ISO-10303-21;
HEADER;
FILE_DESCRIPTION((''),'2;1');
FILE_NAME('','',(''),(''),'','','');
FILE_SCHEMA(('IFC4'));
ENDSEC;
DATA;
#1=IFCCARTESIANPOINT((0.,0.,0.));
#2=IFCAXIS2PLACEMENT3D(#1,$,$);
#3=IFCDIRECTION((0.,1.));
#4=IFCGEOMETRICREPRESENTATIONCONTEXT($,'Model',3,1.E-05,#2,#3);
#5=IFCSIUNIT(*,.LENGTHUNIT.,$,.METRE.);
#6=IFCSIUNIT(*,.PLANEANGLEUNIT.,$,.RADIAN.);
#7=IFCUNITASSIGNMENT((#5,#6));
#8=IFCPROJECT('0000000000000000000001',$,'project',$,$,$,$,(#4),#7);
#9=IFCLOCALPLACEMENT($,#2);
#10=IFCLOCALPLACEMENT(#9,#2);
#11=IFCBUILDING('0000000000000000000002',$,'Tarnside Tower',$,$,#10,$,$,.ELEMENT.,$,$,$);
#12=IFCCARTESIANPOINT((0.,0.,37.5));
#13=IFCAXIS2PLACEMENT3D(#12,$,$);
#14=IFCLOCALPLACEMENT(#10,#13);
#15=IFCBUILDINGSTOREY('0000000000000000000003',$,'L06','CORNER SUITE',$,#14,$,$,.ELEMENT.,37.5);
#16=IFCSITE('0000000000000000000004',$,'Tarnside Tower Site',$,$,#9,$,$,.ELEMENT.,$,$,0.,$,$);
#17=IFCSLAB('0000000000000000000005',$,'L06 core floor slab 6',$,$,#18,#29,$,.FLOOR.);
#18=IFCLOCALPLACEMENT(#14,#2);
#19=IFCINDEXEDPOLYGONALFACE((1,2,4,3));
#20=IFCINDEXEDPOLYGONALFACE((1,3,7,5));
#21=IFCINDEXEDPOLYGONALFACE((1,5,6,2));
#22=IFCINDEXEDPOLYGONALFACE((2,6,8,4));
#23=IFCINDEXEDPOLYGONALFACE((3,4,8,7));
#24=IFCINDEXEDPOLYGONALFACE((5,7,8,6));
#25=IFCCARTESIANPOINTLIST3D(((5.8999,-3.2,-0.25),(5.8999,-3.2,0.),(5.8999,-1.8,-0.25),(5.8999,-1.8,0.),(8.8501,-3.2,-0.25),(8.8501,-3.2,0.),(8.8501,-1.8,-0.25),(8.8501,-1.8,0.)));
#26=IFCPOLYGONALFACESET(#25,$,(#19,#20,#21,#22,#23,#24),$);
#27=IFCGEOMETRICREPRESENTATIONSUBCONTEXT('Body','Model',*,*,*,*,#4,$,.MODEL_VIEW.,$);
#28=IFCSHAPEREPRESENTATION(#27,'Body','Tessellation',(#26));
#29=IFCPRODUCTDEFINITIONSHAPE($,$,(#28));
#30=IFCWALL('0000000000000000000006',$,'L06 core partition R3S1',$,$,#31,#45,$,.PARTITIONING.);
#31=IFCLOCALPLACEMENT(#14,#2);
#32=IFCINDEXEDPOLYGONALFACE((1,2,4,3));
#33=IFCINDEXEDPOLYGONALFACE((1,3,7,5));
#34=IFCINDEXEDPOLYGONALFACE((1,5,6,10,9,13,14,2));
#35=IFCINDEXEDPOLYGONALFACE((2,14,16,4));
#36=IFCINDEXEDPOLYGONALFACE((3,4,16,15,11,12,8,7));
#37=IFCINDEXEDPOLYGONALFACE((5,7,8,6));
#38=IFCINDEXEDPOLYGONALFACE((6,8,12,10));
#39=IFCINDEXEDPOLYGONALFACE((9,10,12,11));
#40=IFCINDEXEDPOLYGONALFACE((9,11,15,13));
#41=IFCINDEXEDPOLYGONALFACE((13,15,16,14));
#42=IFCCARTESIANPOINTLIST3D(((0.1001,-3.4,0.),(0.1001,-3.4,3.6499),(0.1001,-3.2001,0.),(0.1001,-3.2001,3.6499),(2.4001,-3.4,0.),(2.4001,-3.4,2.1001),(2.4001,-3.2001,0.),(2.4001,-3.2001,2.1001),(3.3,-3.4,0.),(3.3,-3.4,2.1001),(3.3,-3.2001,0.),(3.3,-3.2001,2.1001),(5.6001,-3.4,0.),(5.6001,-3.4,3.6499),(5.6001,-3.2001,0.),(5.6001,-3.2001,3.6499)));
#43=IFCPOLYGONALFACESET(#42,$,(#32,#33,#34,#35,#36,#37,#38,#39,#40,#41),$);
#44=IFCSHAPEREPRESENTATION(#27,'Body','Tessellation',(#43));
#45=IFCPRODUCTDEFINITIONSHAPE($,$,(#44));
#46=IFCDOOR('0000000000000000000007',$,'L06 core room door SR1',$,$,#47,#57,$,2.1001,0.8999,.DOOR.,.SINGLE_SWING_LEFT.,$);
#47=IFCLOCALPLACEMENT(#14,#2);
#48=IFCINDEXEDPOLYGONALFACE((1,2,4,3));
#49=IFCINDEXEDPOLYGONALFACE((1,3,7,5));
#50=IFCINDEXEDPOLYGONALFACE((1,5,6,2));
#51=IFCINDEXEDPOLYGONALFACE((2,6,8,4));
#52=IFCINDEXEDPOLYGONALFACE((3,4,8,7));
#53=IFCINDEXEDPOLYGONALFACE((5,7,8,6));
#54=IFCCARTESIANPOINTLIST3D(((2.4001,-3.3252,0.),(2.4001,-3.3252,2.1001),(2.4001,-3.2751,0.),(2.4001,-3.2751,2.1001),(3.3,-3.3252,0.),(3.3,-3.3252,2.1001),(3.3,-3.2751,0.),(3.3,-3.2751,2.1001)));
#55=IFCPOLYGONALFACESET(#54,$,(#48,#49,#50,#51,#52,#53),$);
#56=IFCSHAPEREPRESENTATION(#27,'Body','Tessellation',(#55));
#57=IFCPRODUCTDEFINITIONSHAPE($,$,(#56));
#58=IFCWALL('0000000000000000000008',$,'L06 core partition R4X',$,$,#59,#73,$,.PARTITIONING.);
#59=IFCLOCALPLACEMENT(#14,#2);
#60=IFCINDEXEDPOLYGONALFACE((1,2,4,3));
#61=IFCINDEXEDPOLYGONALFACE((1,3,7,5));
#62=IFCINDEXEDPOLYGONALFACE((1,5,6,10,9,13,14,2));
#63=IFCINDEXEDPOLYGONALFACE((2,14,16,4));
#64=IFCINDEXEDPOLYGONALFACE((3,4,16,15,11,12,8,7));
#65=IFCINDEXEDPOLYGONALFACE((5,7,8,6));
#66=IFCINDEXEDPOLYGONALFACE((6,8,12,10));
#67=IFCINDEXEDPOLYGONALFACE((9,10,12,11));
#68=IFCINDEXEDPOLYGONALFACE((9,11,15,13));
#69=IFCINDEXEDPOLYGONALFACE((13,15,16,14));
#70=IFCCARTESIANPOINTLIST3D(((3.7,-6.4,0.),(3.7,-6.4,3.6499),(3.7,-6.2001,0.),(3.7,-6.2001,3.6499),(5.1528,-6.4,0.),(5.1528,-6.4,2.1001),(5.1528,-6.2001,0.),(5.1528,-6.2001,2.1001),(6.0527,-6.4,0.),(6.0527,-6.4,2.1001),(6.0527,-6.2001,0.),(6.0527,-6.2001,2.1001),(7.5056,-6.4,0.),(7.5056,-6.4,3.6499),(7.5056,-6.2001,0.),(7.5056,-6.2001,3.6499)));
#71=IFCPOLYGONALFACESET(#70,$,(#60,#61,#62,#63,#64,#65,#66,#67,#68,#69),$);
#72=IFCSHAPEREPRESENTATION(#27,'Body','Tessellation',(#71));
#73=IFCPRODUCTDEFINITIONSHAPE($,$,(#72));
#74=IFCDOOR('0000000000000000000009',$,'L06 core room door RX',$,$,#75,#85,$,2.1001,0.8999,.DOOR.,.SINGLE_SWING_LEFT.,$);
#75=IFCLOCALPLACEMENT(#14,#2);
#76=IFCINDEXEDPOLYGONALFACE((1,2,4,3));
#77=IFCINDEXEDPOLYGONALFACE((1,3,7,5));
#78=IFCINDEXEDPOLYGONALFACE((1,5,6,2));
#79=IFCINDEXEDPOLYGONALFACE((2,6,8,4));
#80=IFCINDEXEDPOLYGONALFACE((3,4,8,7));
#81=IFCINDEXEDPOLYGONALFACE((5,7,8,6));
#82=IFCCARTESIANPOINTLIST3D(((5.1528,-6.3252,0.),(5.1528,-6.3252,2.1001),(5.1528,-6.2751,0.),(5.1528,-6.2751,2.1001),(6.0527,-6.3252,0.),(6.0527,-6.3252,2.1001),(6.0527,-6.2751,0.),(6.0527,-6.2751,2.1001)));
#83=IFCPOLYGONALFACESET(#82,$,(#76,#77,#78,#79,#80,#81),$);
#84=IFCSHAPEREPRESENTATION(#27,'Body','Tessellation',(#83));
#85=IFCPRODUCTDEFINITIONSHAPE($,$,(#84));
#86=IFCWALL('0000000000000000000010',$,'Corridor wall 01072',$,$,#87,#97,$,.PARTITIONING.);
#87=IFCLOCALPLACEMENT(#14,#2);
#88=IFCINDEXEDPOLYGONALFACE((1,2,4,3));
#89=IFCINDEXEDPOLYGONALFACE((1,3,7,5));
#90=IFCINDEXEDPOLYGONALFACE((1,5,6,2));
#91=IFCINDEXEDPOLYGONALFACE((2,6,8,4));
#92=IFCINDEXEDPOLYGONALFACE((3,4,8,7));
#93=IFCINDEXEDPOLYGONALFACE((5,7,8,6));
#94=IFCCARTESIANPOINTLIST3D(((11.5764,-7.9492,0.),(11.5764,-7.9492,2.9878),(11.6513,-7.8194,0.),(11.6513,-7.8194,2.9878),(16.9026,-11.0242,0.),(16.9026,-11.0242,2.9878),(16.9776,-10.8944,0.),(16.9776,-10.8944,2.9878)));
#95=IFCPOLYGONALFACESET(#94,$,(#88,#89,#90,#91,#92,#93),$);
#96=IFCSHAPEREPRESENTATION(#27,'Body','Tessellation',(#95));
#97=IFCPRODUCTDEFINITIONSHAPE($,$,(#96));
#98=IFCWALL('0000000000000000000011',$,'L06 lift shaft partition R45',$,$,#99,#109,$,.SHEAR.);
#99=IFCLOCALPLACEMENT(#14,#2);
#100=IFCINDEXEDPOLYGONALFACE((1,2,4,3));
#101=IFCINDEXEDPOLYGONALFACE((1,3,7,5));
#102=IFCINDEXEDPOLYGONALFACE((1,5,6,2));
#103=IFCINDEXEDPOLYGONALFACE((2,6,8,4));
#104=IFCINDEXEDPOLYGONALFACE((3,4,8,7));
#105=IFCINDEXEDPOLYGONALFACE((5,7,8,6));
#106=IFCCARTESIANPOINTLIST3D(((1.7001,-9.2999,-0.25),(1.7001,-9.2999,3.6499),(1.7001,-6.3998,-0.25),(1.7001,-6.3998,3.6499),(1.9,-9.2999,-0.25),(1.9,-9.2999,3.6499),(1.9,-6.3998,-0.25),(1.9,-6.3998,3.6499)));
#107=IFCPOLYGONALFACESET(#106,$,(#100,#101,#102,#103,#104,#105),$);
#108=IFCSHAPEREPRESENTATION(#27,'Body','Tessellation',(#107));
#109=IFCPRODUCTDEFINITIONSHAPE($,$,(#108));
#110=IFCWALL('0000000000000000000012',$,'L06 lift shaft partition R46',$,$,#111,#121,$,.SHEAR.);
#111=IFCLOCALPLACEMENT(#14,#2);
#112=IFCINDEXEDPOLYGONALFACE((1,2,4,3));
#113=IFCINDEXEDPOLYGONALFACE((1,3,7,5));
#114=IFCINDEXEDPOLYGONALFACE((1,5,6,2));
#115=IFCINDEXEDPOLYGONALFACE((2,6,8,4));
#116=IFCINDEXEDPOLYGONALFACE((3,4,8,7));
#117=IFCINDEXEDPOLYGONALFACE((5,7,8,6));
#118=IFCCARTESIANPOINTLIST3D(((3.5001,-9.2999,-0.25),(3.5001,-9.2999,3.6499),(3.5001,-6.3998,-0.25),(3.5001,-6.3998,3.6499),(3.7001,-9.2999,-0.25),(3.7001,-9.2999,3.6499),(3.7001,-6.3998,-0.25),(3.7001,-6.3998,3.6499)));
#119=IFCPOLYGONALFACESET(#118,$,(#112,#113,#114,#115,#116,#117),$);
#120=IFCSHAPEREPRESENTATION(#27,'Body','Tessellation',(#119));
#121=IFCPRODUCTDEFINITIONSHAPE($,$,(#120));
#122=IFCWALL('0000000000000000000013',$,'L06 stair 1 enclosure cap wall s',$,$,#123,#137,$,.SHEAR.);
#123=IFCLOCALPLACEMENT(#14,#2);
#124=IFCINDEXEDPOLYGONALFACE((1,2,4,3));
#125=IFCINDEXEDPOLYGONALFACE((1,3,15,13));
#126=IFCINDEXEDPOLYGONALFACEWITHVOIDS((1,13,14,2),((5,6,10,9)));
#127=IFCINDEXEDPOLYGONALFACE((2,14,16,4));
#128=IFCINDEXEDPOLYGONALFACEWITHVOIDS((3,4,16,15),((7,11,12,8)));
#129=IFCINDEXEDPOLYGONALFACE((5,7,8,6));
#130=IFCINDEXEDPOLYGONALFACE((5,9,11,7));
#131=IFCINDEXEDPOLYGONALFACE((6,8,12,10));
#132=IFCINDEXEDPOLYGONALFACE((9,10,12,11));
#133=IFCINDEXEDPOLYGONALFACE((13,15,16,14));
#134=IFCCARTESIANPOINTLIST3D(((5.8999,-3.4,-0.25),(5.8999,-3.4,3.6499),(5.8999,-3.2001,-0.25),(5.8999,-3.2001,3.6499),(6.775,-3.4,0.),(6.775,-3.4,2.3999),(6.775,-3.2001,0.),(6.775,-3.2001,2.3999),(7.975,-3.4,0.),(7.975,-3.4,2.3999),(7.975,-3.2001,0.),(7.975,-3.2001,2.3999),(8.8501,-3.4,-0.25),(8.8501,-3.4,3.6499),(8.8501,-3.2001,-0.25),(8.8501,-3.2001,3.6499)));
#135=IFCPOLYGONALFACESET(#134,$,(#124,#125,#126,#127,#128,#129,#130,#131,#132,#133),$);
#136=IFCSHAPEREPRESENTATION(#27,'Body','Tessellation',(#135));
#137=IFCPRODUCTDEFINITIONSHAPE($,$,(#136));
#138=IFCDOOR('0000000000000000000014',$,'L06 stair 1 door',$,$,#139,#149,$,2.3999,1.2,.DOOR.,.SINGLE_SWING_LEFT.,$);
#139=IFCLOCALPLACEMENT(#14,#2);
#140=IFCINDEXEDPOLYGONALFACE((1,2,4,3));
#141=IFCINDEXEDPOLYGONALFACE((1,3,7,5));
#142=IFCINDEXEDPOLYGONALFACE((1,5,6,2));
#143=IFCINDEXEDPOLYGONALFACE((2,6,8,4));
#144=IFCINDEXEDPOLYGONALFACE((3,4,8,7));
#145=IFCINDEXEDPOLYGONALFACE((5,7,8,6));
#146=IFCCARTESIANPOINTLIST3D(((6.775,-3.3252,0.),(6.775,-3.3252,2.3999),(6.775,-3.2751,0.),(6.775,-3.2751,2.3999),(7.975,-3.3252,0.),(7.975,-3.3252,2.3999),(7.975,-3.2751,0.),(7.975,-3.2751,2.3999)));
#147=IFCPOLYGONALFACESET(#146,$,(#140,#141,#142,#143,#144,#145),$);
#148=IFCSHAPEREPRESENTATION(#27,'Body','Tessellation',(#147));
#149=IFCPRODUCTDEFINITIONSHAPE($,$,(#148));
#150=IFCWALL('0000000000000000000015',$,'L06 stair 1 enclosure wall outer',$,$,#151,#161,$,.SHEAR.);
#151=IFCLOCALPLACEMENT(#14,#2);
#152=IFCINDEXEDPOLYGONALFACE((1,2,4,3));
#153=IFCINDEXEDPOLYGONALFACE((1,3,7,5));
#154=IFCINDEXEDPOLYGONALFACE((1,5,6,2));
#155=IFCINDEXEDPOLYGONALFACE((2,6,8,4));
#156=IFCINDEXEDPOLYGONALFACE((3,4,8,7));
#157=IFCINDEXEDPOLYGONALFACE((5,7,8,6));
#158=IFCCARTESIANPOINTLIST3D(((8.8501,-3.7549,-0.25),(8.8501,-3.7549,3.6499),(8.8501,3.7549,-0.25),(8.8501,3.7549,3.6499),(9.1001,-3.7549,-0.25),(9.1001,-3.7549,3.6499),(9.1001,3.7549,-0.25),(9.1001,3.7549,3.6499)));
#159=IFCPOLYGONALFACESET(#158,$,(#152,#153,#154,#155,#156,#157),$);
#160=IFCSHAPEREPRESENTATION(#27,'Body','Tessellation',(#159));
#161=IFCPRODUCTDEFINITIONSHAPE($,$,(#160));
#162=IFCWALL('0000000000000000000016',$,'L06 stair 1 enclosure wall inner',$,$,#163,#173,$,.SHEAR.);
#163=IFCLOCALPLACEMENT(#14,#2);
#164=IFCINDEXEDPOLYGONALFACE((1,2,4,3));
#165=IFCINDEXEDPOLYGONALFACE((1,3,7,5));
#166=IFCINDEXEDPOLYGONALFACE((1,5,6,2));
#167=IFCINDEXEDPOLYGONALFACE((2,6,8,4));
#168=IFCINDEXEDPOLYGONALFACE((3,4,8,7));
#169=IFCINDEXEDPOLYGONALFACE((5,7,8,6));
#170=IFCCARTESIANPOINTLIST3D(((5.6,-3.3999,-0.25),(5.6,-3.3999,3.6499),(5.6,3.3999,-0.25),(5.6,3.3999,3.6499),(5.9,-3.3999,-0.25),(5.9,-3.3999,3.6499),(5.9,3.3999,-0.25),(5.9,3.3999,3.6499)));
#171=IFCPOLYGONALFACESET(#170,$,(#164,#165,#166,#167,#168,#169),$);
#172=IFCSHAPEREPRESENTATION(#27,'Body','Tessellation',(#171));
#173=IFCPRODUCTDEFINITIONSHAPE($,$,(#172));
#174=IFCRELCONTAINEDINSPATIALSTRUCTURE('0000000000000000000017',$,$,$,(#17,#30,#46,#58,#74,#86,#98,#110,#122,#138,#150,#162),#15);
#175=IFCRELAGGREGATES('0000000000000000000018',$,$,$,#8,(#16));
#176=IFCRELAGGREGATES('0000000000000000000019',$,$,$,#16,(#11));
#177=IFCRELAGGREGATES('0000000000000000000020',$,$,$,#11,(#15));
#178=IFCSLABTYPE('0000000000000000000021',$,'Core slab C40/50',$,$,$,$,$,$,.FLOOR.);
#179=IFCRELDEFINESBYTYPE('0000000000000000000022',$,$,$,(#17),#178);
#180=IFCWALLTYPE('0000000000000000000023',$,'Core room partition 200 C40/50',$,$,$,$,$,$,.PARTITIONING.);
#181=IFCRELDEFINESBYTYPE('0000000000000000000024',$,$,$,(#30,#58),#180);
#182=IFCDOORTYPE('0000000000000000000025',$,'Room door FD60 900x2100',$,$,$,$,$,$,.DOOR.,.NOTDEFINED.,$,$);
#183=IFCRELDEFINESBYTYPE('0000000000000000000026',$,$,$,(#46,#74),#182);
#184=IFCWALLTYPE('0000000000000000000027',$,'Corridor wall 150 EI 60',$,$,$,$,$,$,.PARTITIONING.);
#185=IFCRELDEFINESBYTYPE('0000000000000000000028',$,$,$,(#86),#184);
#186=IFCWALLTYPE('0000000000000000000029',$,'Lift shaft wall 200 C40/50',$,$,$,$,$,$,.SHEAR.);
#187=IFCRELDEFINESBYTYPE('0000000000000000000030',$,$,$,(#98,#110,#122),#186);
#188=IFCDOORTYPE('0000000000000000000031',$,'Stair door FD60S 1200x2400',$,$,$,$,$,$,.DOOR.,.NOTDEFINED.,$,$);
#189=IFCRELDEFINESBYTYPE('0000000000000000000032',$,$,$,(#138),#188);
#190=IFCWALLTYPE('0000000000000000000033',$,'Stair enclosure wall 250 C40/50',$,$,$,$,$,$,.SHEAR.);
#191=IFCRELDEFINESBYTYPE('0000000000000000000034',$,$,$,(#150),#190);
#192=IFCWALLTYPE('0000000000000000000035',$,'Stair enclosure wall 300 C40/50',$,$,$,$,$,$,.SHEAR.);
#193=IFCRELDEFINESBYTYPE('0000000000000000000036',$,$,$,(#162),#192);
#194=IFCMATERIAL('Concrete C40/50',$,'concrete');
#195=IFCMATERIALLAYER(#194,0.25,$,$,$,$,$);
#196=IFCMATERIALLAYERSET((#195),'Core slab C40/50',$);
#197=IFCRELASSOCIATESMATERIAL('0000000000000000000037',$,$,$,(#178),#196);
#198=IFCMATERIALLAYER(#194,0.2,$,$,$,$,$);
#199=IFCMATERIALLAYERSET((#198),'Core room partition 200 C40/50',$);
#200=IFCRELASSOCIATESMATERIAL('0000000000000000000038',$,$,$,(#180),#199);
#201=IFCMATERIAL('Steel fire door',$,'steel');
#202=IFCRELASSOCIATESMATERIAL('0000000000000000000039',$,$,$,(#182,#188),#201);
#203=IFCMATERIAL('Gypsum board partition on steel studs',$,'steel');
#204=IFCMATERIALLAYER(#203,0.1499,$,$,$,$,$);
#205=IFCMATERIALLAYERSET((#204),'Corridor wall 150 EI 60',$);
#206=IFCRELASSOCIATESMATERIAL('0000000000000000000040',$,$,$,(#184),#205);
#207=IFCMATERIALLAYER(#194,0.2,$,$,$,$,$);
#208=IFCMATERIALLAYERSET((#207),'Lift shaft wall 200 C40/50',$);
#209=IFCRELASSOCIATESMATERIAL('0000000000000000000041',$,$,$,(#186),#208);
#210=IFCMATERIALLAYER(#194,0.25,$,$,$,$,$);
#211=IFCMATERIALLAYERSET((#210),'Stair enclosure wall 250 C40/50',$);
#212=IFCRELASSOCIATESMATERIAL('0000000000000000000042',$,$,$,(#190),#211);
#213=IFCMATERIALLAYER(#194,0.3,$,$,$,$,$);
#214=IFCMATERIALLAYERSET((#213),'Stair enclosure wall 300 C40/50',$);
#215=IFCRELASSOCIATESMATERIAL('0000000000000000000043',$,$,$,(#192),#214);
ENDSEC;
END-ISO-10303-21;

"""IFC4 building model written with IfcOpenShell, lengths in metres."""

from ifc_helpers import new_model, si_unit, direction, frame, frame_2d, origin, place, context, subcontext, project, spatial, polyline, rectangle, outline, extrude, material, layer, layer_set, type_object, element, fill, save


model = new_model("IFC4")

# Units and contexts
model_context = context("Model", 3, precision=1e-05, world=origin(), true_north=direction((0.0, 1.0)))
body_context = subcontext(model_context, "Body", "Model", "MODEL_VIEW")
ifc_project = project(units=[si_unit("LENGTHUNIT", "METRE"), si_unit("PLANEANGLEUNIT", "RADIAN")], contexts=[model_context])

# Site, building, storey
site_placement = place(None, origin())
site = spatial("IfcSite", under=ifc_project, at=site_placement, Name="Tarnside Tower Site", CompositionType="ELEMENT", RefElevation=0.0)
building_placement = place(site_placement, origin())
building = spatial("IfcBuilding", under=site, at=building_placement, Name="Tarnside Tower", CompositionType="ELEMENT")
storey_placement = place(building_placement, frame((0.0, 0.0, 37.5)))
storey = spatial("IfcBuildingStorey", under=building, at=storey_placement, Name="L06", Description="CORNER SUITE", CompositionType="ELEMENT", Elevation=37.5)

# Slab
ifc_material_1 = material(Name="Concrete C40/50", Category="concrete")
ifc_layer_1 = layer(ifc_material_1, 0.25)
ifc_layer_set_1 = layer_set([ifc_layer_1], Name="Core slab C40/50")
slab_type = type_object("IfcSlabType", Name="Core slab C40/50", PredefinedType="FLOOR", material=ifc_layer_set_1)
slab_placement = place(storey_placement, frame((0.0, 0.0, -0.25)))
element("IfcSlab", 1, at=slab_placement, inside=storey, type_object=slab_type, Name="L06 core floor slab 6", PredefinedType="FLOOR", context=body_context, shape_type="SweptSolid", body=[
    extrude(outline(polyline([(5.8999, -3.2), (5.8999, -1.8), (8.8501, -1.8), (8.8501, -3.2), (5.8999, -3.2)])), origin(), (0.0, 0.0, 1.0), 0.25),
])

# Walls, openings, doors
ifc_layer_2 = layer(ifc_material_1, 0.2)
ifc_layer_set_2 = layer_set([ifc_layer_2], Name="Core room partition 200 C40/50")
wall_type_1 = type_object("IfcWallType", Name="Core room partition 200 C40/50", PredefinedType="PARTITIONING", material=ifc_layer_set_2)
wall_1_placement = place(storey_placement, frame((0.1001, -3.3, 0.0), z_axis=(0.0, 0.0, 1.0), x_axis=(1.0, 0.0, 0.0)))
wall_1 = element("IfcWall", 2, at=wall_1_placement, inside=storey, type_object=wall_type_1, Name="L06 core partition R3S1", PredefinedType="PARTITIONING", context=body_context, shape_type="SweptSolid", body=[
    extrude(rectangle(XDim=5.5, YDim=0.2, at=frame_2d((2.75, 0.0))), origin(), (0.0, 0.0, 1.0), 3.6499),
])
opening_1_placement = place(wall_1_placement, frame((2.3, 0.0, 0.0)))
opening_1 = element("IfcOpeningElement", 3, at=opening_1_placement, cuts=wall_1, PredefinedType="OPENING", context=body_context, shape_type="SweptSolid", body=[
    extrude(rectangle(XDim=0.8999, YDim=2.1001, at=frame_2d((0.45, 1.05))), frame((0.0, 0.1099, 0.0), z_axis=(0.0, -1.0, 0.0), x_axis=(1.0, 0.0, 0.0)), (0.0, 0.0, 1.0), 0.22),
])
ifc_material_2 = material(Name="Steel fire door", Category="steel")
door_type_1 = type_object("IfcDoorType", Name="Room door FD60 900x2100", OperationType="NOTDEFINED", PredefinedType="DOOR", material=ifc_material_2)
door_1_placement = place(opening_1_placement, origin())
door_1 = element("IfcDoor", 4, at=door_1_placement, inside=storey, type_object=door_type_1, Name="L06 core room door SR1", OperationType="SINGLE_SWING_LEFT", OverallHeight=2.1001, OverallWidth=0.8999, PredefinedType="DOOR", context=body_context, shape_type="SweptSolid", body=[
    extrude(rectangle(XDim=0.8999, YDim=2.1001, at=frame_2d((0.45, 1.05))), frame((0.0, 0.0249, 0.0), z_axis=(0.0, -1.0, 0.0), x_axis=(1.0, 0.0, 0.0)), (0.0, 0.0, 1.0), 0.05),
])
fill(opening_1, door_1)
wall_2_placement = place(storey_placement, frame((3.7, -6.3, 0.0), z_axis=(0.0, 0.0, 1.0), x_axis=(1.0, 0.0, 0.0)))
wall_2 = element("IfcWall", 5, at=wall_2_placement, inside=storey, type_object=wall_type_1, Name="L06 core partition R4X", PredefinedType="PARTITIONING", context=body_context, shape_type="SweptSolid", body=[
    extrude(rectangle(XDim=3.8057, YDim=0.2, at=frame_2d((1.9028, 0.0))), origin(), (0.0, 0.0, 1.0), 3.6499),
])
opening_2_placement = place(wall_2_placement, frame((1.4529, 0.0, 0.0)))
opening_2 = element("IfcOpeningElement", 6, at=opening_2_placement, cuts=wall_2, PredefinedType="OPENING", context=body_context, shape_type="SweptSolid", body=[
    extrude(rectangle(XDim=0.8999, YDim=2.1001, at=frame_2d((0.45, 1.05))), frame((0.0, 0.1099, 0.0), z_axis=(0.0, -1.0, 0.0), x_axis=(1.0, 0.0, 0.0)), (0.0, 0.0, 1.0), 0.22),
])
door_2_placement = place(opening_2_placement, origin())
door_2 = element("IfcDoor", 7, at=door_2_placement, inside=storey, type_object=door_type_1, Name="L06 core room door RX", OperationType="SINGLE_SWING_LEFT", OverallHeight=2.1001, OverallWidth=0.8999, PredefinedType="DOOR", context=body_context, shape_type="SweptSolid", body=[
    extrude(rectangle(XDim=0.8999, YDim=2.1001, at=frame_2d((0.45, 1.05))), frame((0.0, 0.0249, 0.0), z_axis=(0.0, -1.0, 0.0), x_axis=(1.0, 0.0, 0.0)), (0.0, 0.0, 1.0), 0.05),
])
fill(opening_2, door_2)

# Walls
ifc_material_3 = material(Name="Gypsum board partition on steel studs", Category="steel")
ifc_layer_3 = layer(ifc_material_3, 0.1499)
ifc_layer_set_3 = layer_set([ifc_layer_3], Name="Corridor wall 150 EI 60")
wall_type_2 = type_object("IfcWallType", Name="Corridor wall 150 EI 60", PredefinedType="PARTITIONING", material=ifc_layer_set_3)
wall_3_placement = place(storey_placement, frame((11.6138, -7.8843, 0.0), z_axis=(0.0, 0.0, 1.0), x_axis=(0.866034, -0.499986, 0.0)))
element("IfcWall", 8, at=wall_3_placement, inside=storey, type_object=wall_type_2, Name="Corridor wall 01072", PredefinedType="PARTITIONING", context=body_context, shape_type="SweptSolid", body=[
    extrude(rectangle(XDim=6.1501, YDim=0.1499, at=frame_2d((3.0752, 0.0))), origin(), (0.0, 0.0, 1.0), 2.9878),
])
ifc_layer_4 = layer(ifc_material_1, 0.2)
ifc_layer_set_4 = layer_set([ifc_layer_4], Name="Lift shaft wall 200 C40/50")
wall_type_3 = type_object("IfcWallType", Name="Lift shaft wall 200 C40/50", PredefinedType="SHEAR", material=ifc_layer_set_4)
for number, where, z_axis, x_axis, name in (
    (9, (1.8, -9.3, -0.25), (0.0, 0.0, 1.0), (0.0, 1.0, 0.0), "L06 lift shaft partition R45"),
    (10, (3.6001, -9.3, -0.25), (0.0, 0.0, 1.0), (0.0, 1.0, 0.0), "L06 lift shaft partition R46"),
):
    element("IfcWall", number, at=place(storey_placement, frame(where, z_axis=z_axis, x_axis=x_axis)), inside=storey, type_object=wall_type_3, Name=name, PredefinedType="SHEAR", context=body_context, shape_type="SweptSolid", body=[
        extrude(rectangle(XDim=2.9001, YDim=0.2, at=frame_2d((1.4502, 0.0))), origin(), (0.0, 0.0, 1.0), 3.8999),
    ])

# Wall, opening, door
wall_4_placement = place(storey_placement, frame((5.8999, -3.3, -0.25), z_axis=(0.0, 0.0, 1.0), x_axis=(1.0, 0.0, 0.0)))
wall_4 = element("IfcWall", 11, at=wall_4_placement, inside=storey, type_object=wall_type_3, Name="L06 stair 1 enclosure cap wall s", PredefinedType="SHEAR", context=body_context, shape_type="SweptSolid", body=[
    extrude(rectangle(XDim=2.9502, YDim=0.2, at=frame_2d((1.4751, 0.0))), origin(), (0.0, 0.0, 1.0), 3.8999),
])
opening_3_placement = place(wall_4_placement, frame((0.875, 0.0, 0.25)))
opening_3 = element("IfcOpeningElement", 12, at=opening_3_placement, cuts=wall_4, PredefinedType="OPENING", context=body_context, shape_type="SweptSolid", body=[
    extrude(rectangle(XDim=1.2, YDim=2.3999, at=frame_2d((0.6001, 1.2))), frame((0.0, 0.1099, 0.0), z_axis=(0.0, -1.0, 0.0), x_axis=(1.0, 0.0, 0.0)), (0.0, 0.0, 1.0), 0.22),
])
door_type_2 = type_object("IfcDoorType", Name="Stair door FD60S 1200x2400", OperationType="NOTDEFINED", PredefinedType="DOOR", material=ifc_material_2)
door_3_placement = place(opening_3_placement, origin())
door_3 = element("IfcDoor", 13, at=door_3_placement, inside=storey, type_object=door_type_2, Name="L06 stair 1 door", OperationType="SINGLE_SWING_LEFT", OverallHeight=2.3999, OverallWidth=1.2, PredefinedType="DOOR", context=body_context, shape_type="SweptSolid", body=[
    extrude(rectangle(XDim=1.2, YDim=2.3999, at=frame_2d((0.6001, 1.2))), frame((0.0, 0.0249, 0.0), z_axis=(0.0, -1.0, 0.0), x_axis=(1.0, 0.0, 0.0)), (0.0, 0.0, 1.0), 0.05),
])
fill(opening_3, door_3)

# Walls
ifc_layer_5 = layer(ifc_material_1, 0.25)
ifc_layer_set_5 = layer_set([ifc_layer_5], Name="Stair enclosure wall 250 C40/50")
wall_type_4 = type_object("IfcWallType", Name="Stair enclosure wall 250 C40/50", PredefinedType="SHEAR", material=ifc_layer_set_5)
wall_5_placement = place(storey_placement, frame((8.9751, -3.7549, -0.25), z_axis=(0.0, 0.0, 1.0), x_axis=(0.0, 1.0, 0.0)))
element("IfcWall", 14, at=wall_5_placement, inside=storey, type_object=wall_type_4, Name="L06 stair 1 enclosure wall outer", PredefinedType="SHEAR", context=body_context, shape_type="SweptSolid", body=[
    extrude(rectangle(XDim=7.5098, YDim=0.25, at=frame_2d((3.7549, 0.0))), origin(), (0.0, 0.0, 1.0), 3.8999),
])
ifc_layer_6 = layer(ifc_material_1, 0.3)
ifc_layer_set_6 = layer_set([ifc_layer_6], Name="Stair enclosure wall 300 C40/50")
wall_type_5 = type_object("IfcWallType", Name="Stair enclosure wall 300 C40/50", PredefinedType="SHEAR", material=ifc_layer_set_6)
wall_6_placement = place(storey_placement, frame((5.75, -3.3999, -0.25), z_axis=(0.0, 0.0, 1.0), x_axis=(0.0, 1.0, 0.0)))
element("IfcWall", 15, at=wall_6_placement, inside=storey, type_object=wall_type_5, Name="L06 stair 1 enclosure wall inner", PredefinedType="SHEAR", context=body_context, shape_type="SweptSolid", body=[
    extrude(rectangle(XDim=6.7998, YDim=0.3, at=frame_2d((3.3999, 0.0))), origin(), (0.0, 0.0, 1.0), 3.8999),
])

save(model, "model.ifc")
